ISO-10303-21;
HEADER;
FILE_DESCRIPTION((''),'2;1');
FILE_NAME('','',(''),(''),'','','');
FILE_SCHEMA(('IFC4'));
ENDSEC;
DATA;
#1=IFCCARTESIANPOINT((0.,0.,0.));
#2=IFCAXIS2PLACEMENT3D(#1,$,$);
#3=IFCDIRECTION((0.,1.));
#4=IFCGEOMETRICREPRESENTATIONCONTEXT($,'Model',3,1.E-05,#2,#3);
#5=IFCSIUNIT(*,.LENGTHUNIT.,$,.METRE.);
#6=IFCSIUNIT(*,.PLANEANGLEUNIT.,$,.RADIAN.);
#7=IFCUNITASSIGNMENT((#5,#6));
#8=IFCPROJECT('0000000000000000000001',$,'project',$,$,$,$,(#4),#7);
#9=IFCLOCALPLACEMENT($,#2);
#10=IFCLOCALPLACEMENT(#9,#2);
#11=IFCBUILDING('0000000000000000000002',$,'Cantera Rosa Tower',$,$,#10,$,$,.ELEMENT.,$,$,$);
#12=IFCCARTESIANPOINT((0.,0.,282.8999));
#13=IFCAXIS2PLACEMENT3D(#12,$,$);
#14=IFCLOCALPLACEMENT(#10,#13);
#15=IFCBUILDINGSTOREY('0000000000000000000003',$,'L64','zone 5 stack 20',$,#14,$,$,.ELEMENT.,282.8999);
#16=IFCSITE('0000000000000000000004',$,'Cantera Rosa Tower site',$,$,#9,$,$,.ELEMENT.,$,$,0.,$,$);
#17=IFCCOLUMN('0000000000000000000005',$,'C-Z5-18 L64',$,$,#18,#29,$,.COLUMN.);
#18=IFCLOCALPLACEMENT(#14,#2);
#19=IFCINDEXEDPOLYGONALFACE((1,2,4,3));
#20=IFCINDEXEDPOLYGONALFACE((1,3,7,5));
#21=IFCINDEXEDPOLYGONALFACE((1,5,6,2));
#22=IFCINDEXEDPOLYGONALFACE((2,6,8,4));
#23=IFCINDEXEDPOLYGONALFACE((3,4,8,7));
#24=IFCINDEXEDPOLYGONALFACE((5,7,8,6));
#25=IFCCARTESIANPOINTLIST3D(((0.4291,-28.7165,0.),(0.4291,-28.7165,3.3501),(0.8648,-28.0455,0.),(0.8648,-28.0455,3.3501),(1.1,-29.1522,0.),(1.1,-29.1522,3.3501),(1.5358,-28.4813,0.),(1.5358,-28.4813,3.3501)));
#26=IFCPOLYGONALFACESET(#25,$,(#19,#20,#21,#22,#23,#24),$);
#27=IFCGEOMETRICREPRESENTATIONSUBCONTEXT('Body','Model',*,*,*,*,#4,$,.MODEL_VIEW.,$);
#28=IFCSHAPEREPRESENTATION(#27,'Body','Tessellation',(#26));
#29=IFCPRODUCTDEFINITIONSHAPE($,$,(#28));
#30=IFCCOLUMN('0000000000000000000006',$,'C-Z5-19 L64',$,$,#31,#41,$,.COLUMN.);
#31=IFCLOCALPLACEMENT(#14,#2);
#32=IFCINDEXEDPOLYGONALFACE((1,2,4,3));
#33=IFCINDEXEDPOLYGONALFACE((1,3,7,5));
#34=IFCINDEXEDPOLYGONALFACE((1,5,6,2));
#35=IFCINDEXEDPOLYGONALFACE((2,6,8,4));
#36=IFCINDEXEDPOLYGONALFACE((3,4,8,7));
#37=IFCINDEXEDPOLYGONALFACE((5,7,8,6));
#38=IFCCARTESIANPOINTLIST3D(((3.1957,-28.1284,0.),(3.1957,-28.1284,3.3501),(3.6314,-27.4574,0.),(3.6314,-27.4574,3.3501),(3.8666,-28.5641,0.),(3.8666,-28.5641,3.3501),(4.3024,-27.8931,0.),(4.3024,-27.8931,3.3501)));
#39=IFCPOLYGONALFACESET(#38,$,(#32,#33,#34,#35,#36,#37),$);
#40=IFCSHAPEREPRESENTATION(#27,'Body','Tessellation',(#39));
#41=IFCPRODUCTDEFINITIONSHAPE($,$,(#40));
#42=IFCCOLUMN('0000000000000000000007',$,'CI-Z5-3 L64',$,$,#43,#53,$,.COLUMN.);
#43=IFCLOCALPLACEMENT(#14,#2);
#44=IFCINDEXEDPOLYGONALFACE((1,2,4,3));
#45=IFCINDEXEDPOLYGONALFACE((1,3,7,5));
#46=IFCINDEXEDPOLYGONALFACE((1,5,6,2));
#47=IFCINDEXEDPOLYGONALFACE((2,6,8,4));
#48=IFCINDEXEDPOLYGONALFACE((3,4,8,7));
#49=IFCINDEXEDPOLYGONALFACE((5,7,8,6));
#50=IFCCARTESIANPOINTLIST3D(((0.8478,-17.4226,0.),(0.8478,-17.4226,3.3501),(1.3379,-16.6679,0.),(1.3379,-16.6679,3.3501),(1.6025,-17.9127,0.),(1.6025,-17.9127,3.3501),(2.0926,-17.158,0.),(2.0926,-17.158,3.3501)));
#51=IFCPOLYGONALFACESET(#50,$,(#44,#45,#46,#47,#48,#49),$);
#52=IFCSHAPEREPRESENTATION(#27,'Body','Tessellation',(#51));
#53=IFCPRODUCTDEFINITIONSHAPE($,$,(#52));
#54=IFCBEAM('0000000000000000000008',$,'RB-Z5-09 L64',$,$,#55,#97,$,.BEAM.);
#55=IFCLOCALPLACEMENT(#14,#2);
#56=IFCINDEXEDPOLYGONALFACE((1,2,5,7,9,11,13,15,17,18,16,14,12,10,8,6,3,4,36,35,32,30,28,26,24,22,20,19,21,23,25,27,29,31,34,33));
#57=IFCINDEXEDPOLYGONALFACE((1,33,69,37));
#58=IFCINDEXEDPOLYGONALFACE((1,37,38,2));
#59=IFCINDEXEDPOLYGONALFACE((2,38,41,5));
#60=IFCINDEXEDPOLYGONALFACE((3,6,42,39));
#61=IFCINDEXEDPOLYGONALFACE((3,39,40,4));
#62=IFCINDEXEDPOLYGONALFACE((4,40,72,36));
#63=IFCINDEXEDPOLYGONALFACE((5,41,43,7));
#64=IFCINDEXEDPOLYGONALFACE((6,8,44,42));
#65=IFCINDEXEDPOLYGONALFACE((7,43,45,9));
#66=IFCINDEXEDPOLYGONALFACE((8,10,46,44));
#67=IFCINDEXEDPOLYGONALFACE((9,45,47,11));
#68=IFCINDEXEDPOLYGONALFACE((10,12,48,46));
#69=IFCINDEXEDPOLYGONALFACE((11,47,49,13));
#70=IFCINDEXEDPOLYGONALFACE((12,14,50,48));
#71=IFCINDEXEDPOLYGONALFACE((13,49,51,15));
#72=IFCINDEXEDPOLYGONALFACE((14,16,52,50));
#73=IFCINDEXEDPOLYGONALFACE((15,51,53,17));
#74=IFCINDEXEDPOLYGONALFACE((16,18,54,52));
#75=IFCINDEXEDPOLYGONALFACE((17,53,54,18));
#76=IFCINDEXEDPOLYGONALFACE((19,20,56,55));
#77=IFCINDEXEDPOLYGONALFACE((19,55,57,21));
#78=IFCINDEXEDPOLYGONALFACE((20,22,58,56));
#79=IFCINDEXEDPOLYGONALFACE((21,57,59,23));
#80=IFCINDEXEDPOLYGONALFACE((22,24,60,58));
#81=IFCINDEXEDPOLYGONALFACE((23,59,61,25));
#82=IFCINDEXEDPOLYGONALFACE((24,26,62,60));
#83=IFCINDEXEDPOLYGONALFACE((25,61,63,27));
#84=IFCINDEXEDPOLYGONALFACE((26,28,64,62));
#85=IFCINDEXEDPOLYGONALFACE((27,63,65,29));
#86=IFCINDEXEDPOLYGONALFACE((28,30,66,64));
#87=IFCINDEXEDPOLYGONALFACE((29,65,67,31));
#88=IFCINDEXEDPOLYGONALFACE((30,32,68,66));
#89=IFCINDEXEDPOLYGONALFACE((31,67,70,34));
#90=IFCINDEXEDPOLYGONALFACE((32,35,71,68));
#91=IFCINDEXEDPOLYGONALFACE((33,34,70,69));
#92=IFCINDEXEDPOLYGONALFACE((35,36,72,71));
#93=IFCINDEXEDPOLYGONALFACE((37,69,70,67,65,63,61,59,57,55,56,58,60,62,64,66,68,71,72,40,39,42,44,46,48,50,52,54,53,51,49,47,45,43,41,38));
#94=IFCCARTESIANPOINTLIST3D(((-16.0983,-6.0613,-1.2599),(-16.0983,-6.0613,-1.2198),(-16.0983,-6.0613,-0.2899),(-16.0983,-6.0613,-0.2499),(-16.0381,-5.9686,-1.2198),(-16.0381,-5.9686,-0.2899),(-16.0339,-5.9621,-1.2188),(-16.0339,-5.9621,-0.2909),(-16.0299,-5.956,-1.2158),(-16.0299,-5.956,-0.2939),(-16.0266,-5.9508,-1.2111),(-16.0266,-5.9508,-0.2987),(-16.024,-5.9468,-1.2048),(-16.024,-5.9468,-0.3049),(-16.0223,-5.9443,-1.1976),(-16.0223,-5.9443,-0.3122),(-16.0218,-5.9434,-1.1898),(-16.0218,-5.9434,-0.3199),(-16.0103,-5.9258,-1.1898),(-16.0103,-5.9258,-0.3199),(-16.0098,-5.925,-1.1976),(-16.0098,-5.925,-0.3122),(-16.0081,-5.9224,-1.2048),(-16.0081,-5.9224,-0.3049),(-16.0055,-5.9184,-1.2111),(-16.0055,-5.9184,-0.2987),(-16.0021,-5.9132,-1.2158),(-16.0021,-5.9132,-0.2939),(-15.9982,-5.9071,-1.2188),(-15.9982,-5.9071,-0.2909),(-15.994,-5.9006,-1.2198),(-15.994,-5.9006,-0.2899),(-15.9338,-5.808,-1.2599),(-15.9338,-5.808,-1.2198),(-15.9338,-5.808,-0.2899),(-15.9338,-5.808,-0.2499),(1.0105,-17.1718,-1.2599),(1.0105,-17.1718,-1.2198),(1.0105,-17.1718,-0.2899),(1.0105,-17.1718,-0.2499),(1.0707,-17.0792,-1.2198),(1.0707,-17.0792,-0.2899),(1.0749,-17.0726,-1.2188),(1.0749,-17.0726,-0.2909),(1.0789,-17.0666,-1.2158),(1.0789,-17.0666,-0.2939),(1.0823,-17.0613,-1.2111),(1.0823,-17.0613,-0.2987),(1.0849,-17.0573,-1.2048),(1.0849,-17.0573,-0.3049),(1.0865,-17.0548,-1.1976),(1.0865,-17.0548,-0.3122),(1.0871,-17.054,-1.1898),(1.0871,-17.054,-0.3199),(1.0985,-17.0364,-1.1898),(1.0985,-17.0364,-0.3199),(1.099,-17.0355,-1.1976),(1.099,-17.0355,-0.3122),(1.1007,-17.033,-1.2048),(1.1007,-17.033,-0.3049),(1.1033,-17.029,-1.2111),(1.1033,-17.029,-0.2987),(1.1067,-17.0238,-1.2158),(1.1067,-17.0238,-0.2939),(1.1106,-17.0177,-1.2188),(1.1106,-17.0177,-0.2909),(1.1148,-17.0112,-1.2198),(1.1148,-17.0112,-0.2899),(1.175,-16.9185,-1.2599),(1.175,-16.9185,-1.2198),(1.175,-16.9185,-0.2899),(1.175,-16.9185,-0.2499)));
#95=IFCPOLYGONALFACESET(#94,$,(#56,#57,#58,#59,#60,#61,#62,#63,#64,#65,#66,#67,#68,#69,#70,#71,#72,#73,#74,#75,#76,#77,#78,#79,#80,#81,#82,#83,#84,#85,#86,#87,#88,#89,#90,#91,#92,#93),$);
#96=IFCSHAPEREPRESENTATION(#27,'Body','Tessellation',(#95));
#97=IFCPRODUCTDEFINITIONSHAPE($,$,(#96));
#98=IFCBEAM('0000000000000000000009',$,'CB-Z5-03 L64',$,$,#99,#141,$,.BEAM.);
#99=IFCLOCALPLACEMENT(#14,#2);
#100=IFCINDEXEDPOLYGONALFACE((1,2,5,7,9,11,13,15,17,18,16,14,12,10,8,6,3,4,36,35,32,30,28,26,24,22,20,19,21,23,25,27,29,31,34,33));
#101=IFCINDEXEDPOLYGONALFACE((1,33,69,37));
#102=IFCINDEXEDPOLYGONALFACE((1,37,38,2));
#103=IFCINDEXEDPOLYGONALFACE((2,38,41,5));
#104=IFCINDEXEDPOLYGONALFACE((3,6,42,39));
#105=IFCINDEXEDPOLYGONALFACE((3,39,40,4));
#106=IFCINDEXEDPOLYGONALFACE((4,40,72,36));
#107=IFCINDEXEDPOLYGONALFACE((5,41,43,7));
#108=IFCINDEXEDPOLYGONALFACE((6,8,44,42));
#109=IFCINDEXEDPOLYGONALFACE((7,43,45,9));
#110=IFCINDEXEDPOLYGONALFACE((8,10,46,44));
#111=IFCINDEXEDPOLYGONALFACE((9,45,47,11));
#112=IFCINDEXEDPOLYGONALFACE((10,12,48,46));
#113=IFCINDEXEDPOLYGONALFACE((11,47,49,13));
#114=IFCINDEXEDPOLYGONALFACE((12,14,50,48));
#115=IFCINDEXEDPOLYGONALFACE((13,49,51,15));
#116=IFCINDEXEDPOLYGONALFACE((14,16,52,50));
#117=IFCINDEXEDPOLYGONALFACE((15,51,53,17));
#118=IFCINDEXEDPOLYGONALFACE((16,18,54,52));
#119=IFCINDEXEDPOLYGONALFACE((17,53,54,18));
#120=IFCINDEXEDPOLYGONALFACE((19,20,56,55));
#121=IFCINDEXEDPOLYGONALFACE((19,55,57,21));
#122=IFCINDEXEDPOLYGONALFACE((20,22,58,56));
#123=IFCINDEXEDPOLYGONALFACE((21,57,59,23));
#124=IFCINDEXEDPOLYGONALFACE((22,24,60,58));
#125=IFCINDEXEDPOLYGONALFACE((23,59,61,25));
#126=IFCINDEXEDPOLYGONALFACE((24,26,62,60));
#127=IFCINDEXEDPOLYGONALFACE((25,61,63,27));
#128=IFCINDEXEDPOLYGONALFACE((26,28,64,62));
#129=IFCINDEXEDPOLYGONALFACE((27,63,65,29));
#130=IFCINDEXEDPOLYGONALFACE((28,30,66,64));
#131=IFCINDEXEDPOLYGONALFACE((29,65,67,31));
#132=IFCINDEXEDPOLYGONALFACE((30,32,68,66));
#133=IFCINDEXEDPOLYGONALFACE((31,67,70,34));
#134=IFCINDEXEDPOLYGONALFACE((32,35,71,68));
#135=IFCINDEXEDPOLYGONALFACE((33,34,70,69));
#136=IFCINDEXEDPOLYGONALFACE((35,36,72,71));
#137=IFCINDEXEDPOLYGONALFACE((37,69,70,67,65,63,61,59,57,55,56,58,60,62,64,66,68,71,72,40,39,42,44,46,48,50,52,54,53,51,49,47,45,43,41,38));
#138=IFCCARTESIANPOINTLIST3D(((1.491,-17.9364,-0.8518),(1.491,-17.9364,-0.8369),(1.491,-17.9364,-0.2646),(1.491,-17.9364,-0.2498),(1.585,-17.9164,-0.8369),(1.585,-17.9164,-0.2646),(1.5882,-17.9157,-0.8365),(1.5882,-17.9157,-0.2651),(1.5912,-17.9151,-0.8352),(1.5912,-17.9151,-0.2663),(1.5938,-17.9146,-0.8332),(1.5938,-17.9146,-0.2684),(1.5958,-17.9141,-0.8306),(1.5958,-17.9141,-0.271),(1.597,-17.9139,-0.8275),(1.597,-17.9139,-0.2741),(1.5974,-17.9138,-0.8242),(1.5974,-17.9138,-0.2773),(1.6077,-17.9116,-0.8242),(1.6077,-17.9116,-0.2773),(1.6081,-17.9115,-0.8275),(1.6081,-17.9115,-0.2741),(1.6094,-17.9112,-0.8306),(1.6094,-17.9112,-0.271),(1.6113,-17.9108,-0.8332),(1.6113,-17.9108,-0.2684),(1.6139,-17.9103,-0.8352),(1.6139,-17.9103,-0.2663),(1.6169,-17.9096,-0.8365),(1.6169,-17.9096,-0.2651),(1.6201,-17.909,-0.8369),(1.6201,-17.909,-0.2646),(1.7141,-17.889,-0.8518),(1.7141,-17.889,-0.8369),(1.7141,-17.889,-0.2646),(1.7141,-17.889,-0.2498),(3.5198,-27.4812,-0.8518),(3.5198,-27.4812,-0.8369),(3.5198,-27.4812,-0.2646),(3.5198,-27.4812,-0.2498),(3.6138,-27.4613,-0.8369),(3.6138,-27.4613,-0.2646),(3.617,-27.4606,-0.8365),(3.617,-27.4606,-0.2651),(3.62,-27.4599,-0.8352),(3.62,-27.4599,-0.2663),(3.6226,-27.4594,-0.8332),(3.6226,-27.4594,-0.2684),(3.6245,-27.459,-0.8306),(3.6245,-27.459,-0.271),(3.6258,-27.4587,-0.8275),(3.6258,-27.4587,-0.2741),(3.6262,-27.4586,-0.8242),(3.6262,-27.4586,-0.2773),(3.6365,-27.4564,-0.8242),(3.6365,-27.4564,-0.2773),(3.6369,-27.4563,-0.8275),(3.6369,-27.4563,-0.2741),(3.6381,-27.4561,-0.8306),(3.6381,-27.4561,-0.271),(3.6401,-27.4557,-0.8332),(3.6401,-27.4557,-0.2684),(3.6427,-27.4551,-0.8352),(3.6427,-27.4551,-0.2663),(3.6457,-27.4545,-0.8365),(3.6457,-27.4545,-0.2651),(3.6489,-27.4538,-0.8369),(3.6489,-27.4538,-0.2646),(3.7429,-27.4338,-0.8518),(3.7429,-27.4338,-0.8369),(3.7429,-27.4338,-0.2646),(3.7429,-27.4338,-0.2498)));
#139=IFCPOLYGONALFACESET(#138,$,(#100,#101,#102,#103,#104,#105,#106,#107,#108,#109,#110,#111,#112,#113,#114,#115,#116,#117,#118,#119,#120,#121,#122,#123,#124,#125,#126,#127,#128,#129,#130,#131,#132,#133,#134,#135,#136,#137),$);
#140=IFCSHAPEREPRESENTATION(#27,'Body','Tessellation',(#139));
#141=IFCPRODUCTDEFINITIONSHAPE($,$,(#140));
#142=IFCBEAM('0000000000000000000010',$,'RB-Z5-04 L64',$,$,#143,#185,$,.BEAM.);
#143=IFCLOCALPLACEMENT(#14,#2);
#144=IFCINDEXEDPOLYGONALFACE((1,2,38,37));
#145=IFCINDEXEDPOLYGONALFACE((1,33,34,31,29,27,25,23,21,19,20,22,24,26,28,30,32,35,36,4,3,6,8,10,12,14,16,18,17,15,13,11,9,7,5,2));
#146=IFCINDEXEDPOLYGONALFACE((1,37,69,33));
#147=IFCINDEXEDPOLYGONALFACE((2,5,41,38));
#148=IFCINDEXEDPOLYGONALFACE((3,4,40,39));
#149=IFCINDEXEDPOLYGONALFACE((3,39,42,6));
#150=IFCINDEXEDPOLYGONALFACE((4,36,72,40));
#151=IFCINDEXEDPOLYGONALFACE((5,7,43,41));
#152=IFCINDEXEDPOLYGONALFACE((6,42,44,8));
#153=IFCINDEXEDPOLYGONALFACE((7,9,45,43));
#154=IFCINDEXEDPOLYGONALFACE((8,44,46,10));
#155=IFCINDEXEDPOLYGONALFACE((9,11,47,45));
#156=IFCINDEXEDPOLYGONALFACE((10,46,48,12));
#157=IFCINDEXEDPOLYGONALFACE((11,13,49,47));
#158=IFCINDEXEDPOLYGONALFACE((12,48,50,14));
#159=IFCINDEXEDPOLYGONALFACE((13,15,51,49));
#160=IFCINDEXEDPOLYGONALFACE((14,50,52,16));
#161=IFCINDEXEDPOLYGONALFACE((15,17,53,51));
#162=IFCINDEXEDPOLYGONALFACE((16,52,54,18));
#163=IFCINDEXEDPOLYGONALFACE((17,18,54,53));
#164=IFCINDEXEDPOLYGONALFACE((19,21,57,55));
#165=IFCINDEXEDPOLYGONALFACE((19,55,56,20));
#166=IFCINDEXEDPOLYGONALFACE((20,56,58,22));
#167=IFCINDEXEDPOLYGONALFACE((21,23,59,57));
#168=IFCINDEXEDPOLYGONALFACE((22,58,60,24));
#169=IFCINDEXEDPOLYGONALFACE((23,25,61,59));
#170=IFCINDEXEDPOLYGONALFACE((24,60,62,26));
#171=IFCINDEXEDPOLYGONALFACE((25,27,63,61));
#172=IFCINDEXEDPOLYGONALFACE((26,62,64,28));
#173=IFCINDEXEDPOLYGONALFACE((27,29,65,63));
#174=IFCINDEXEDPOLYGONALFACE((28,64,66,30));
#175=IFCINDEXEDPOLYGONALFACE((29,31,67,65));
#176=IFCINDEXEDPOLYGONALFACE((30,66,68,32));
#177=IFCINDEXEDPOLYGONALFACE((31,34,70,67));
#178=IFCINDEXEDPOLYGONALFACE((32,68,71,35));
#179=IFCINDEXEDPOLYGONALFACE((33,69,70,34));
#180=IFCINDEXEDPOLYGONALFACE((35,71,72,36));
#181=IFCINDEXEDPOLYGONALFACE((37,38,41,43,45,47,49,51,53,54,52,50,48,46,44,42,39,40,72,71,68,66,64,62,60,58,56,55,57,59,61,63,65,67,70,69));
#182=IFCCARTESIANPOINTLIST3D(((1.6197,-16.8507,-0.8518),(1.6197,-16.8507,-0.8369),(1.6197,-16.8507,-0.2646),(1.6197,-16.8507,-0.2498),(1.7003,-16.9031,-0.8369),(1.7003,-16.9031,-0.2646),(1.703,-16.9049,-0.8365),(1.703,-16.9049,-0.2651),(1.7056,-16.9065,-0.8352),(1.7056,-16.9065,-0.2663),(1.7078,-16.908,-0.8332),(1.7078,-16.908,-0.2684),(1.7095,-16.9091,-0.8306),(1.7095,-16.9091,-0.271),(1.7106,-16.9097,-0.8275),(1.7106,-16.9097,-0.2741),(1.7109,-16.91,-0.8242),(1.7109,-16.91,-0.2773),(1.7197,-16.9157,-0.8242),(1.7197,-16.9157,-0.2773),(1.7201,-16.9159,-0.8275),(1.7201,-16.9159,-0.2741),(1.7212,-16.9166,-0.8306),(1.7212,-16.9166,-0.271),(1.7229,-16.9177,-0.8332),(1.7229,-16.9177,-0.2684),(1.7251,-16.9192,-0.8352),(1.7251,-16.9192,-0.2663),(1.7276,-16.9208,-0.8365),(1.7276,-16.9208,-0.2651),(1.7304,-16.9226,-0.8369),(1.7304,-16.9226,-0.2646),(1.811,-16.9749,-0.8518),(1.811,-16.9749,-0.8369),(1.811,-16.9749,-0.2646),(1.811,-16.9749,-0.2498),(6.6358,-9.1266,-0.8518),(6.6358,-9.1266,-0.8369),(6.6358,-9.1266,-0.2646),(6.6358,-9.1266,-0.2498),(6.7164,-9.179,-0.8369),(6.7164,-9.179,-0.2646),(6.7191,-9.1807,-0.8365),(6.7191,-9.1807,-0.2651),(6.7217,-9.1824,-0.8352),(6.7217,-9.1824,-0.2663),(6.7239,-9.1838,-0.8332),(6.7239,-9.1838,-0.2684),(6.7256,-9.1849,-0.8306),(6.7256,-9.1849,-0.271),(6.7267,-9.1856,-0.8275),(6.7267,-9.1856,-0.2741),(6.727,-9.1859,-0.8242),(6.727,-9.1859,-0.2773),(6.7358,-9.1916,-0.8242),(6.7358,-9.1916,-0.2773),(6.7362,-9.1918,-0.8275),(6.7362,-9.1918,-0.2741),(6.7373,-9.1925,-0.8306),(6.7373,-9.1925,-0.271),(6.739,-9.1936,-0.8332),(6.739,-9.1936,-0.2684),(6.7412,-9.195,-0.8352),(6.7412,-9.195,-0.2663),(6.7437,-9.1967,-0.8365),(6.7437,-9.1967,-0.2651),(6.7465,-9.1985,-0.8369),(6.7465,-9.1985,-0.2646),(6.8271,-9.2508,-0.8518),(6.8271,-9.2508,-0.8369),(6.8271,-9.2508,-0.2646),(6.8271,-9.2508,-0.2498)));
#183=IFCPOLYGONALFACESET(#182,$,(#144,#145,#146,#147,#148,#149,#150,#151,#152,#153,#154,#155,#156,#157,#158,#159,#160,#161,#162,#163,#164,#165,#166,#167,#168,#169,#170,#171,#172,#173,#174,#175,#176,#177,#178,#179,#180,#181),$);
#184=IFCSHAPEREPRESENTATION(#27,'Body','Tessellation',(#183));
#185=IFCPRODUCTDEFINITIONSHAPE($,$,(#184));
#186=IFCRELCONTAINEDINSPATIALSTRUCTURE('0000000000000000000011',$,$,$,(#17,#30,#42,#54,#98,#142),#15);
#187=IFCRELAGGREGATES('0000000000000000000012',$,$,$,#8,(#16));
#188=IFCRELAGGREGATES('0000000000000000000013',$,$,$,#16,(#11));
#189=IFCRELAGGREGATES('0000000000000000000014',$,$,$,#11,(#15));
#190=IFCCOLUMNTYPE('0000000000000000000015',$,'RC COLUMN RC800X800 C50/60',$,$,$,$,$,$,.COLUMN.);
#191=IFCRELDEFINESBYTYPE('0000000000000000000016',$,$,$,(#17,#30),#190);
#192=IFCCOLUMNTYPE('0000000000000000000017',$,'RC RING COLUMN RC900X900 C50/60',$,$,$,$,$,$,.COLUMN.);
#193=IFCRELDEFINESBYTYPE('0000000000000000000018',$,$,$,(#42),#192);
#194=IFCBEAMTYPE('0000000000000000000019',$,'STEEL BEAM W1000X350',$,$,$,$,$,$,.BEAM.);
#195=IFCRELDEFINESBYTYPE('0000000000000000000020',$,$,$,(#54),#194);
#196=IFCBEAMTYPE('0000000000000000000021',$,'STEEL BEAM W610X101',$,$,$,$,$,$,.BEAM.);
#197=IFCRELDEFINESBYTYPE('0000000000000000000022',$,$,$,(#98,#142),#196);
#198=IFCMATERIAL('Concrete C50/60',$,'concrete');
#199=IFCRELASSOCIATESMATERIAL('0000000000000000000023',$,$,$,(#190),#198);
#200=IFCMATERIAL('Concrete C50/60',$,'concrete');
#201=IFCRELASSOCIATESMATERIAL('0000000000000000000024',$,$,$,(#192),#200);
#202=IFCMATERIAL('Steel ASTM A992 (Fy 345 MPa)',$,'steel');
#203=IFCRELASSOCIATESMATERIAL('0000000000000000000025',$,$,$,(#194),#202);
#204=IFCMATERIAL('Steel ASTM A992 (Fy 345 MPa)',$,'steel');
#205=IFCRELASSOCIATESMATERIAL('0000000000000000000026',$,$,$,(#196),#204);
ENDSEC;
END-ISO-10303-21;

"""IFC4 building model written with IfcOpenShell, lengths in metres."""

from ifc_helpers import new_model, si_unit, direction, frame, origin, origin_2d, place, context, subcontext, project, spatial, rectangle, i_section, extrude, material, material_profile, profile_set, type_object, element, save


model = new_model("IFC4")

# Units and contexts
model_context = context("Model", 3, precision=1e-05, world=origin(), true_north=direction((0.0, 1.0)))
body_context = subcontext(model_context, "Body", "Model", "MODEL_VIEW")
ifc_project = project(units=[si_unit("LENGTHUNIT", "METRE"), si_unit("PLANEANGLEUNIT", "RADIAN")], contexts=[model_context])

# Site, building, storey
site_placement = place(None, origin())
site = spatial("IfcSite", under=ifc_project, at=site_placement, Name="Cantera Rosa Tower site", CompositionType="ELEMENT", RefElevation=0.0)
building_placement = place(site_placement, origin())
building = spatial("IfcBuilding", under=site, at=building_placement, Name="Cantera Rosa Tower", CompositionType="ELEMENT")
storey_placement = place(building_placement, frame((0.0, 0.0, 282.8999)))
storey = spatial("IfcBuildingStorey", under=building, at=storey_placement, Name="L64", Description="zone 5 stack 20", CompositionType="ELEMENT", Elevation=282.8999)

# Columns
ifc_material_1 = material(Name="Concrete C50/60", Category="concrete")
ifc_material_profile_1 = material_profile(ifc_material_1, rectangle(XDim=0.8, YDim=0.8, at=origin_2d()), Name="RC COLUMN RC800X800 C50/60")
ifc_profile_set_1 = profile_set([ifc_material_profile_1], Name="Concrete C50/60")
column_type_1 = type_object("IfcColumnType", Name="RC COLUMN RC800X800 C50/60", PredefinedType="COLUMN", material=ifc_profile_set_1)
for number, where, z_axis, x_axis, name in (
    (1, (0.9824, -28.5989, 0.0), (0.0, 0.0, 1.0), (0.544639, 0.838671, 0.0), "C-Z5-18 L64"),
    (2, (3.749, -28.0107, 0.0), (0.0, 0.0, 1.0), (0.544639, 0.838671, 0.0), "C-Z5-19 L64"),
):
    element("IfcColumn", number, at=place(storey_placement, frame(where, z_axis=z_axis, x_axis=x_axis)), inside=storey, type_object=column_type_1, Name=name, PredefinedType="COLUMN", context=body_context, shape_type="SweptSolid", body=[
        extrude(rectangle(XDim=0.8, YDim=0.8, at=origin_2d()), origin(), (0.0, 0.0, 1.0), 3.3501),
    ])
ifc_material_2 = material(Name="Concrete C50/60", Category="concrete")
ifc_material_profile_2 = material_profile(ifc_material_2, rectangle(XDim=0.8999, YDim=0.8999, at=origin_2d()), Name="RC RING COLUMN RC900X900 C50/60")
ifc_profile_set_2 = profile_set([ifc_material_profile_2], Name="Concrete C50/60")
column_type_2 = type_object("IfcColumnType", Name="RC RING COLUMN RC900X900 C50/60", PredefinedType="COLUMN", material=ifc_profile_set_2)
column_placement = place(storey_placement, frame((1.4702, -17.2903, 0.0), z_axis=(0.0, 0.0, 1.0), x_axis=(0.544639, 0.838671, 0.0)))
element("IfcColumn", 3, at=column_placement, inside=storey, type_object=column_type_2, Name="CI-Z5-3 L64", PredefinedType="COLUMN", context=body_context, shape_type="SweptSolid", body=[
    extrude(rectangle(XDim=0.8999, YDim=0.8999, at=origin_2d()), origin(), (0.0, 0.0, 1.0), 3.3501),
])

# Beams
ifc_material_3 = material(Name="Steel ASTM A992 (Fy 345 MPa)", Category="steel")
ifc_material_profile_3 = material_profile(ifc_material_3, i_section(OverallWidth=0.302, OverallDepth=1.01, WebThickness=0.021, FlangeThickness=0.04, FilletRadius=0.03, at=origin_2d()), Name="W1000X350")
ifc_profile_set_3 = profile_set([ifc_material_profile_3], Name="Steel ASTM A992 (Fy 345 MPa)")
beam_type_1 = type_object("IfcBeamType", Name="STEEL BEAM W1000X350", PredefinedType="BEAM", material=ifc_profile_set_3)
beam_1_placement = place(storey_placement, frame((1.0928, -17.0452, -0.7549), z_axis=(-0.838672, 0.544637, 0.0), x_axis=(-0.544637, -0.838672, 0.0)))
element("IfcBeam", 4, at=beam_1_placement, inside=storey, type_object=beam_type_1, Name="RB-Z5-09 L64", PredefinedType="BEAM", context=body_context, shape_type="SweptSolid", body=[
    extrude(i_section(OverallWidth=0.302, OverallDepth=1.01, WebThickness=0.021, FlangeThickness=0.04, FilletRadius=0.03, at=origin_2d()), origin(), (0.0, 0.0, 1.0), 20.3999),
])
ifc_material_4 = material(Name="Steel ASTM A992 (Fy 345 MPa)", Category="steel")
ifc_material_profile_4 = material_profile(ifc_material_4, i_section(OverallWidth=0.228, OverallDepth=0.6021, WebThickness=0.0105, FlangeThickness=0.0149, FilletRadius=0.0127, at=origin_2d()), Name="W610X101")
ifc_profile_set_4 = profile_set([ifc_material_profile_4], Name="Steel ASTM A992 (Fy 345 MPa)")
beam_type_2 = type_object("IfcBeamType", Name="STEEL BEAM W610X101", PredefinedType="BEAM", material=ifc_profile_set_4)
beam_2_placement = place(storey_placement, frame((3.6313, -27.4575, -0.5508), z_axis=(-0.207909, 0.978148, 0.0), x_axis=(-0.978148, -0.207909, 0.0)))
element("IfcBeam", 5, at=beam_2_placement, inside=storey, type_object=beam_type_2, Name="CB-Z5-03 L64", PredefinedType="BEAM", context=body_context, shape_type="SweptSolid", body=[
    extrude(i_section(OverallWidth=0.228, OverallDepth=0.6021, WebThickness=0.0105, FlangeThickness=0.0149, FilletRadius=0.0127, at=origin_2d()), origin(), (0.0, 0.0, 1.0), 9.7581),
])
beam_3_placement = place(storey_placement, frame((1.7153, -16.9128, -0.5508), z_axis=(0.54464, 0.83867, 0.0), x_axis=(-0.83867, 0.54464, 0.0)))
element("IfcBeam", 6, at=beam_3_placement, inside=storey, type_object=beam_type_2, Name="RB-Z5-04 L64", PredefinedType="BEAM", context=body_context, shape_type="SweptSolid", body=[
    extrude(i_section(OverallWidth=0.228, OverallDepth=0.6021, WebThickness=0.0105, FlangeThickness=0.0149, FilletRadius=0.0127, at=origin_2d()), origin(), (0.0, 0.0, 1.0), 9.21),
])

save(model, "model.ifc")
